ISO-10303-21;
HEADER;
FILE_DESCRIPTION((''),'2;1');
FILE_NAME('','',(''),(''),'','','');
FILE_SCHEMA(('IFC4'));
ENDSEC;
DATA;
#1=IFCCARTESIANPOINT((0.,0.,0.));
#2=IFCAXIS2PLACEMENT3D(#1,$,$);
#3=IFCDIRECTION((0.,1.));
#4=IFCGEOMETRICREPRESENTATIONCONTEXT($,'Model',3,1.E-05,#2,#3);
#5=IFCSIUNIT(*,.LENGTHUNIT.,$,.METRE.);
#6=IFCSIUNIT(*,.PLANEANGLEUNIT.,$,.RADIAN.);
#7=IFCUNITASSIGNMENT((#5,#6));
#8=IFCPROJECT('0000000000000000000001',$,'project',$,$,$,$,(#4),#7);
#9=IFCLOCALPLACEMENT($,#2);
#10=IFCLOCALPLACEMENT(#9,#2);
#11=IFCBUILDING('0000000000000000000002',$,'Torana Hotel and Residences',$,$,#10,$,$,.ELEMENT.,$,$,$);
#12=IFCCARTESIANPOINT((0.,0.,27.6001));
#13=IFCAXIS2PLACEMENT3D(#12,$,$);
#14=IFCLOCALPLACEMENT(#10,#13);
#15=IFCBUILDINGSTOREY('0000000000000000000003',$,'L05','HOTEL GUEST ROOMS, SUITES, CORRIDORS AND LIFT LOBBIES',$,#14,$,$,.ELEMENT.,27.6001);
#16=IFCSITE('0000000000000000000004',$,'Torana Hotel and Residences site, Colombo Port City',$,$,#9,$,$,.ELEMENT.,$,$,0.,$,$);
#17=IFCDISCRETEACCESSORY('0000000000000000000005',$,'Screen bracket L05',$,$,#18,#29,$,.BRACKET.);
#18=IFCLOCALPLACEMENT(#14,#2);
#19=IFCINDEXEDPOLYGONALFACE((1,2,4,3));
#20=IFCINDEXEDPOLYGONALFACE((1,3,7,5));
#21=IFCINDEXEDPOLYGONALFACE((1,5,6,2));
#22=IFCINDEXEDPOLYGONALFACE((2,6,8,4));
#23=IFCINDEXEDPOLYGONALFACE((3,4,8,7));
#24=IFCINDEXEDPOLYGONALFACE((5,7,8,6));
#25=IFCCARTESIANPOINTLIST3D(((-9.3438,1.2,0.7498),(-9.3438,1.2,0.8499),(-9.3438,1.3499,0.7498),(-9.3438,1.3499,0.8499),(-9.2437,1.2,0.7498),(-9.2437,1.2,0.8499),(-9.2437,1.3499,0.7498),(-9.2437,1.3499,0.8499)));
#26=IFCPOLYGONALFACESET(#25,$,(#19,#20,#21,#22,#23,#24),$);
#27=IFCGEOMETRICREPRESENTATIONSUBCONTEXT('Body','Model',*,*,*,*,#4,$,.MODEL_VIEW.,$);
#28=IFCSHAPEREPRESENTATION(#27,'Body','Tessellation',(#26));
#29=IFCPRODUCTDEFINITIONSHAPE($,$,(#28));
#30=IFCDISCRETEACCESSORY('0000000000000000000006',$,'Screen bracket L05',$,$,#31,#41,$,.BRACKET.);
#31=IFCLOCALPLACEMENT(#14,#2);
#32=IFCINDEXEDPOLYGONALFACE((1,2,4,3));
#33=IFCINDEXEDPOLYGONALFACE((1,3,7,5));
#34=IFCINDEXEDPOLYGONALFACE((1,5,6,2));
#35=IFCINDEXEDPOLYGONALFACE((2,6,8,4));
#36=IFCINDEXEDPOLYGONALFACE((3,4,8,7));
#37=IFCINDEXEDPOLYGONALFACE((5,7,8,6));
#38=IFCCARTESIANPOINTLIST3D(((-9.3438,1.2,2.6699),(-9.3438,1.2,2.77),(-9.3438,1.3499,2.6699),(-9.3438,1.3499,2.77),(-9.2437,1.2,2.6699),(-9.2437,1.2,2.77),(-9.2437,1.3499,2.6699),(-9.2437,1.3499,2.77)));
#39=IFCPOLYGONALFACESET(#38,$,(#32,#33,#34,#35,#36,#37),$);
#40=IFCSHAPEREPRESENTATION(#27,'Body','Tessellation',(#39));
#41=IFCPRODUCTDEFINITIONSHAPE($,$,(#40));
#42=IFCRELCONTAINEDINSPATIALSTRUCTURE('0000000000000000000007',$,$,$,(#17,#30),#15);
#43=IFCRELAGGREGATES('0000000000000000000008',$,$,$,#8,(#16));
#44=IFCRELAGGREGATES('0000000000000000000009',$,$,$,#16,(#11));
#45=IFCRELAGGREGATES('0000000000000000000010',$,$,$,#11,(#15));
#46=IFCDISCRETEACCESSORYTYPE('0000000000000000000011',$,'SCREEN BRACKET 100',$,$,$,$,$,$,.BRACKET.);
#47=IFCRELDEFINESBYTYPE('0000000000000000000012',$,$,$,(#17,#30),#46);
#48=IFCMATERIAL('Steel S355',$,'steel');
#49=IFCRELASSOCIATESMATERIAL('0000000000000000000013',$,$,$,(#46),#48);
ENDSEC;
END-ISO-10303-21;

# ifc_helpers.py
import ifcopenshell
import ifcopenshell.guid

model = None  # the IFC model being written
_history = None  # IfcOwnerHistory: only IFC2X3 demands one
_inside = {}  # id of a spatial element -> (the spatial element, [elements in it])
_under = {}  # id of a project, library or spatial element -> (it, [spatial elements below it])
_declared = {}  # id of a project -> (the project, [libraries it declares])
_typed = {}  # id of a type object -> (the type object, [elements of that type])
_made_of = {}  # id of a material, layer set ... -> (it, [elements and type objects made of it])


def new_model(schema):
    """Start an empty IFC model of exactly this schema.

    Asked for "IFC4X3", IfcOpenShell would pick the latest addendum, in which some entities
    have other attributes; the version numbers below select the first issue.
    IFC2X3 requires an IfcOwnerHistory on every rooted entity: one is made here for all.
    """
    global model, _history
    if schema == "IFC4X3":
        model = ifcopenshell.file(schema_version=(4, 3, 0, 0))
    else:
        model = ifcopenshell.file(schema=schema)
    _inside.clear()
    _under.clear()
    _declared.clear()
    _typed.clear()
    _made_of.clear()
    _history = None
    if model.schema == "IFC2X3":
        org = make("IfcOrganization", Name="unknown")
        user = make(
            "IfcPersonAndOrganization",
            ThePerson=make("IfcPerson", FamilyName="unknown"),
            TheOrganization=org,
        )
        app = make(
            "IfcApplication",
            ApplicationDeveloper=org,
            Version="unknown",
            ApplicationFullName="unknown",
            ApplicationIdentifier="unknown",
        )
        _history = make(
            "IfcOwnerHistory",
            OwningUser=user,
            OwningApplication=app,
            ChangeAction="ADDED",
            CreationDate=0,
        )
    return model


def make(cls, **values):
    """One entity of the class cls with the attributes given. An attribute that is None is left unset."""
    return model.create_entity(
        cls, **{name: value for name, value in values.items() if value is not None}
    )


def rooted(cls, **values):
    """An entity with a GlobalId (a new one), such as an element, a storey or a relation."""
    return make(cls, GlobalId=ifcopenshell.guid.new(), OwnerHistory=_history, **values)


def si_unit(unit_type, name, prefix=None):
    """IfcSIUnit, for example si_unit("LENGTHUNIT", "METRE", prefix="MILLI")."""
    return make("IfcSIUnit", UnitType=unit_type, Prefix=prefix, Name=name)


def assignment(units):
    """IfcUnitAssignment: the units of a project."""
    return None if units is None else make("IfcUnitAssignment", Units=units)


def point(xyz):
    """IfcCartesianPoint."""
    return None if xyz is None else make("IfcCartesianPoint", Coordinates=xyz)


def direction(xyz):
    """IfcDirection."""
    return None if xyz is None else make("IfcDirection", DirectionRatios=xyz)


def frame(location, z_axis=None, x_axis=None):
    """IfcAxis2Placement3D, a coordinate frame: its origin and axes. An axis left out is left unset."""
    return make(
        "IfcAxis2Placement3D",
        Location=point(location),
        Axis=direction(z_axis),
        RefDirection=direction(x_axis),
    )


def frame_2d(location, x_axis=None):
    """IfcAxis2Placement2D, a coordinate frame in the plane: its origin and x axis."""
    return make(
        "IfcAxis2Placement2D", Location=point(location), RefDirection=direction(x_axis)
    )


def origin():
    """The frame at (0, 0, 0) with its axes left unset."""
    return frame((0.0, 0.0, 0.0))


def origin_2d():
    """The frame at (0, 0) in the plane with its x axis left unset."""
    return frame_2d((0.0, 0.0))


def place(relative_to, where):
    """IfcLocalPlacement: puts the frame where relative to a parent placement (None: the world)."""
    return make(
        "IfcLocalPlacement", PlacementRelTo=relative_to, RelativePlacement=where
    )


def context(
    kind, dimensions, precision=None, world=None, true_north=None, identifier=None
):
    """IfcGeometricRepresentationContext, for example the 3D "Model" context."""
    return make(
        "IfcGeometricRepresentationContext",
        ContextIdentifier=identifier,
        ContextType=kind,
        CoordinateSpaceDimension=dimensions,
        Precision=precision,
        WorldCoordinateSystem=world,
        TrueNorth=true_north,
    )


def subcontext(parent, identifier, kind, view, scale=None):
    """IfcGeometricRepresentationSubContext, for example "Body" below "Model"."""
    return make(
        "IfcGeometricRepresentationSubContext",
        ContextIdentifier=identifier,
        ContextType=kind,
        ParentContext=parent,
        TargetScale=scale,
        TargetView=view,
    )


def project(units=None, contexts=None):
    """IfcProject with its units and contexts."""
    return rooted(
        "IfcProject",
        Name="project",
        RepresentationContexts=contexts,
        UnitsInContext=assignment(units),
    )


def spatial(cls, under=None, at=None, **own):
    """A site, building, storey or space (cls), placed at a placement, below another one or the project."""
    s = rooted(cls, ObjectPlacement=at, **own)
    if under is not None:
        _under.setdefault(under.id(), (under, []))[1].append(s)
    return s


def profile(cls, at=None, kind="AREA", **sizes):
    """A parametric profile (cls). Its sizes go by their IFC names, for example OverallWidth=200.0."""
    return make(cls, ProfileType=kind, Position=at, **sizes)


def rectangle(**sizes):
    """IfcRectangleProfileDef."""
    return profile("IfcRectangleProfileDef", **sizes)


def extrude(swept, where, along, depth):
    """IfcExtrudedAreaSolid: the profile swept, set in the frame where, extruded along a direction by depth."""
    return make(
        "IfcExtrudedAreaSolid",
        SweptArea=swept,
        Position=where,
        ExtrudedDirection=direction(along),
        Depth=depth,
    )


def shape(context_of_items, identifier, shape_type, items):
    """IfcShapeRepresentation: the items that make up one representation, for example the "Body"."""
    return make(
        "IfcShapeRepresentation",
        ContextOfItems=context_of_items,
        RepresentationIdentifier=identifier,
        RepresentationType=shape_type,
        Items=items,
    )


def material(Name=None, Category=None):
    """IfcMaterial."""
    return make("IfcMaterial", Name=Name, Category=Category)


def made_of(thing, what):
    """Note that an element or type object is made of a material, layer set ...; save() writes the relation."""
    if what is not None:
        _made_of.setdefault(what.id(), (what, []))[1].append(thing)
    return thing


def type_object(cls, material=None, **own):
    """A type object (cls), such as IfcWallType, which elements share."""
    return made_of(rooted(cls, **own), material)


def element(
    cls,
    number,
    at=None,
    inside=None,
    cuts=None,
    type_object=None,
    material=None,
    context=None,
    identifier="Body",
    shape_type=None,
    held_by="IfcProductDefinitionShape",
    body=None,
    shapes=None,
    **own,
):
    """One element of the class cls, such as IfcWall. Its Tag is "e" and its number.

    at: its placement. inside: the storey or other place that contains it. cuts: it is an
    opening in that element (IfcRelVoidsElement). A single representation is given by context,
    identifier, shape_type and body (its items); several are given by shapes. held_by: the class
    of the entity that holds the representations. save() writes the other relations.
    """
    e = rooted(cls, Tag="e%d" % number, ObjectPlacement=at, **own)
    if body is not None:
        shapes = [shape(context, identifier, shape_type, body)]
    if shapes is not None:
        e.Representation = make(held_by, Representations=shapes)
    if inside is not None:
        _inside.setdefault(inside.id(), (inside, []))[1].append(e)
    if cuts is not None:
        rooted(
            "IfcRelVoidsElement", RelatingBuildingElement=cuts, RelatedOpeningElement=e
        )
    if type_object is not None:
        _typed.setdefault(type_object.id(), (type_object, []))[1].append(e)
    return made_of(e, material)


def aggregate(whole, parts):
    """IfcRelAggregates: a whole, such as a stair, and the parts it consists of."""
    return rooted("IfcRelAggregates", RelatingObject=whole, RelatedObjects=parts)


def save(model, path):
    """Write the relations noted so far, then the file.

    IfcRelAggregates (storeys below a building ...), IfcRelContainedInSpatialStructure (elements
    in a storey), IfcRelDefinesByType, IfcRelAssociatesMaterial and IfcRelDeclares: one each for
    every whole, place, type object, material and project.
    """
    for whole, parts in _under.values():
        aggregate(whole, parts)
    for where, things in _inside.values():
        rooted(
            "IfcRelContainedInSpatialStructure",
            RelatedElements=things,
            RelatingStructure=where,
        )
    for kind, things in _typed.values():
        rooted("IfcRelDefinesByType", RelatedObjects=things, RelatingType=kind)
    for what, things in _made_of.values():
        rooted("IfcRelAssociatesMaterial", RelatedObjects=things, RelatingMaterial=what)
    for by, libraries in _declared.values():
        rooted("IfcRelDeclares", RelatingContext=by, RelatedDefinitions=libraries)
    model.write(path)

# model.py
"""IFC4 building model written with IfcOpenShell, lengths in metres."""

from ifc_helpers import new_model, si_unit, direction, frame, origin, origin_2d, place, context, subcontext, project, spatial, rectangle, extrude, material, type_object, element, save


model = new_model("IFC4")

# Units and contexts
model_context = context("Model", 3, precision=1e-05, world=origin(), true_north=direction((0.0, 1.0)))
body_context = subcontext(model_context, "Body", "Model", "MODEL_VIEW")
ifc_project = project(units=[si_unit("LENGTHUNIT", "METRE"), si_unit("PLANEANGLEUNIT", "RADIAN")], contexts=[model_context])

# Site, building, storey
site_placement = place(None, origin())
site = spatial("IfcSite", under=ifc_project, at=site_placement, Name="Torana Hotel and Residences site, Colombo Port City", CompositionType="ELEMENT", RefElevation=0.0)
building_placement = place(site_placement, origin())
building = spatial("IfcBuilding", under=site, at=building_placement, Name="Torana Hotel and Residences", CompositionType="ELEMENT")
storey_placement = place(building_placement, frame((0.0, 0.0, 27.6001)))
storey = spatial("IfcBuildingStorey", under=building, at=storey_placement, Name="L05", Description="HOTEL GUEST ROOMS, SUITES, CORRIDORS AND LIFT LOBBIES", CompositionType="ELEMENT", Elevation=27.6001)

# Discrete accessories
ifc_material_1 = material(Name="Steel S355", Category="steel")
discrete_accessory_type = type_object("IfcDiscreteAccessoryType", Name="SCREEN BRACKET 100", PredefinedType="BRACKET", material=ifc_material_1)
for number, where, z_axis, x_axis, name in (
    (1, (-9.2937, 1.2749, 0.7498), (0.0, 0.0, 1.0), (-1.0, 0.0, 0.0), "Screen bracket L05"),
    (2, (-9.2937, 1.2749, 2.6699), (0.0, 0.0, 1.0), (-1.0, 0.0, 0.0), "Screen bracket L05"),
):
    element("IfcDiscreteAccessory", number, at=place(storey_placement, frame(where, z_axis=z_axis, x_axis=x_axis)), inside=storey, type_object=discrete_accessory_type, Name=name, PredefinedType="BRACKET", context=body_context, shape_type="SweptSolid", body=[
        extrude(rectangle(XDim=0.1001, YDim=0.1499, at=origin_2d()), origin(), (0.0, 0.0, 1.0), 0.1001),
    ])

save(model, "model.ifc")
